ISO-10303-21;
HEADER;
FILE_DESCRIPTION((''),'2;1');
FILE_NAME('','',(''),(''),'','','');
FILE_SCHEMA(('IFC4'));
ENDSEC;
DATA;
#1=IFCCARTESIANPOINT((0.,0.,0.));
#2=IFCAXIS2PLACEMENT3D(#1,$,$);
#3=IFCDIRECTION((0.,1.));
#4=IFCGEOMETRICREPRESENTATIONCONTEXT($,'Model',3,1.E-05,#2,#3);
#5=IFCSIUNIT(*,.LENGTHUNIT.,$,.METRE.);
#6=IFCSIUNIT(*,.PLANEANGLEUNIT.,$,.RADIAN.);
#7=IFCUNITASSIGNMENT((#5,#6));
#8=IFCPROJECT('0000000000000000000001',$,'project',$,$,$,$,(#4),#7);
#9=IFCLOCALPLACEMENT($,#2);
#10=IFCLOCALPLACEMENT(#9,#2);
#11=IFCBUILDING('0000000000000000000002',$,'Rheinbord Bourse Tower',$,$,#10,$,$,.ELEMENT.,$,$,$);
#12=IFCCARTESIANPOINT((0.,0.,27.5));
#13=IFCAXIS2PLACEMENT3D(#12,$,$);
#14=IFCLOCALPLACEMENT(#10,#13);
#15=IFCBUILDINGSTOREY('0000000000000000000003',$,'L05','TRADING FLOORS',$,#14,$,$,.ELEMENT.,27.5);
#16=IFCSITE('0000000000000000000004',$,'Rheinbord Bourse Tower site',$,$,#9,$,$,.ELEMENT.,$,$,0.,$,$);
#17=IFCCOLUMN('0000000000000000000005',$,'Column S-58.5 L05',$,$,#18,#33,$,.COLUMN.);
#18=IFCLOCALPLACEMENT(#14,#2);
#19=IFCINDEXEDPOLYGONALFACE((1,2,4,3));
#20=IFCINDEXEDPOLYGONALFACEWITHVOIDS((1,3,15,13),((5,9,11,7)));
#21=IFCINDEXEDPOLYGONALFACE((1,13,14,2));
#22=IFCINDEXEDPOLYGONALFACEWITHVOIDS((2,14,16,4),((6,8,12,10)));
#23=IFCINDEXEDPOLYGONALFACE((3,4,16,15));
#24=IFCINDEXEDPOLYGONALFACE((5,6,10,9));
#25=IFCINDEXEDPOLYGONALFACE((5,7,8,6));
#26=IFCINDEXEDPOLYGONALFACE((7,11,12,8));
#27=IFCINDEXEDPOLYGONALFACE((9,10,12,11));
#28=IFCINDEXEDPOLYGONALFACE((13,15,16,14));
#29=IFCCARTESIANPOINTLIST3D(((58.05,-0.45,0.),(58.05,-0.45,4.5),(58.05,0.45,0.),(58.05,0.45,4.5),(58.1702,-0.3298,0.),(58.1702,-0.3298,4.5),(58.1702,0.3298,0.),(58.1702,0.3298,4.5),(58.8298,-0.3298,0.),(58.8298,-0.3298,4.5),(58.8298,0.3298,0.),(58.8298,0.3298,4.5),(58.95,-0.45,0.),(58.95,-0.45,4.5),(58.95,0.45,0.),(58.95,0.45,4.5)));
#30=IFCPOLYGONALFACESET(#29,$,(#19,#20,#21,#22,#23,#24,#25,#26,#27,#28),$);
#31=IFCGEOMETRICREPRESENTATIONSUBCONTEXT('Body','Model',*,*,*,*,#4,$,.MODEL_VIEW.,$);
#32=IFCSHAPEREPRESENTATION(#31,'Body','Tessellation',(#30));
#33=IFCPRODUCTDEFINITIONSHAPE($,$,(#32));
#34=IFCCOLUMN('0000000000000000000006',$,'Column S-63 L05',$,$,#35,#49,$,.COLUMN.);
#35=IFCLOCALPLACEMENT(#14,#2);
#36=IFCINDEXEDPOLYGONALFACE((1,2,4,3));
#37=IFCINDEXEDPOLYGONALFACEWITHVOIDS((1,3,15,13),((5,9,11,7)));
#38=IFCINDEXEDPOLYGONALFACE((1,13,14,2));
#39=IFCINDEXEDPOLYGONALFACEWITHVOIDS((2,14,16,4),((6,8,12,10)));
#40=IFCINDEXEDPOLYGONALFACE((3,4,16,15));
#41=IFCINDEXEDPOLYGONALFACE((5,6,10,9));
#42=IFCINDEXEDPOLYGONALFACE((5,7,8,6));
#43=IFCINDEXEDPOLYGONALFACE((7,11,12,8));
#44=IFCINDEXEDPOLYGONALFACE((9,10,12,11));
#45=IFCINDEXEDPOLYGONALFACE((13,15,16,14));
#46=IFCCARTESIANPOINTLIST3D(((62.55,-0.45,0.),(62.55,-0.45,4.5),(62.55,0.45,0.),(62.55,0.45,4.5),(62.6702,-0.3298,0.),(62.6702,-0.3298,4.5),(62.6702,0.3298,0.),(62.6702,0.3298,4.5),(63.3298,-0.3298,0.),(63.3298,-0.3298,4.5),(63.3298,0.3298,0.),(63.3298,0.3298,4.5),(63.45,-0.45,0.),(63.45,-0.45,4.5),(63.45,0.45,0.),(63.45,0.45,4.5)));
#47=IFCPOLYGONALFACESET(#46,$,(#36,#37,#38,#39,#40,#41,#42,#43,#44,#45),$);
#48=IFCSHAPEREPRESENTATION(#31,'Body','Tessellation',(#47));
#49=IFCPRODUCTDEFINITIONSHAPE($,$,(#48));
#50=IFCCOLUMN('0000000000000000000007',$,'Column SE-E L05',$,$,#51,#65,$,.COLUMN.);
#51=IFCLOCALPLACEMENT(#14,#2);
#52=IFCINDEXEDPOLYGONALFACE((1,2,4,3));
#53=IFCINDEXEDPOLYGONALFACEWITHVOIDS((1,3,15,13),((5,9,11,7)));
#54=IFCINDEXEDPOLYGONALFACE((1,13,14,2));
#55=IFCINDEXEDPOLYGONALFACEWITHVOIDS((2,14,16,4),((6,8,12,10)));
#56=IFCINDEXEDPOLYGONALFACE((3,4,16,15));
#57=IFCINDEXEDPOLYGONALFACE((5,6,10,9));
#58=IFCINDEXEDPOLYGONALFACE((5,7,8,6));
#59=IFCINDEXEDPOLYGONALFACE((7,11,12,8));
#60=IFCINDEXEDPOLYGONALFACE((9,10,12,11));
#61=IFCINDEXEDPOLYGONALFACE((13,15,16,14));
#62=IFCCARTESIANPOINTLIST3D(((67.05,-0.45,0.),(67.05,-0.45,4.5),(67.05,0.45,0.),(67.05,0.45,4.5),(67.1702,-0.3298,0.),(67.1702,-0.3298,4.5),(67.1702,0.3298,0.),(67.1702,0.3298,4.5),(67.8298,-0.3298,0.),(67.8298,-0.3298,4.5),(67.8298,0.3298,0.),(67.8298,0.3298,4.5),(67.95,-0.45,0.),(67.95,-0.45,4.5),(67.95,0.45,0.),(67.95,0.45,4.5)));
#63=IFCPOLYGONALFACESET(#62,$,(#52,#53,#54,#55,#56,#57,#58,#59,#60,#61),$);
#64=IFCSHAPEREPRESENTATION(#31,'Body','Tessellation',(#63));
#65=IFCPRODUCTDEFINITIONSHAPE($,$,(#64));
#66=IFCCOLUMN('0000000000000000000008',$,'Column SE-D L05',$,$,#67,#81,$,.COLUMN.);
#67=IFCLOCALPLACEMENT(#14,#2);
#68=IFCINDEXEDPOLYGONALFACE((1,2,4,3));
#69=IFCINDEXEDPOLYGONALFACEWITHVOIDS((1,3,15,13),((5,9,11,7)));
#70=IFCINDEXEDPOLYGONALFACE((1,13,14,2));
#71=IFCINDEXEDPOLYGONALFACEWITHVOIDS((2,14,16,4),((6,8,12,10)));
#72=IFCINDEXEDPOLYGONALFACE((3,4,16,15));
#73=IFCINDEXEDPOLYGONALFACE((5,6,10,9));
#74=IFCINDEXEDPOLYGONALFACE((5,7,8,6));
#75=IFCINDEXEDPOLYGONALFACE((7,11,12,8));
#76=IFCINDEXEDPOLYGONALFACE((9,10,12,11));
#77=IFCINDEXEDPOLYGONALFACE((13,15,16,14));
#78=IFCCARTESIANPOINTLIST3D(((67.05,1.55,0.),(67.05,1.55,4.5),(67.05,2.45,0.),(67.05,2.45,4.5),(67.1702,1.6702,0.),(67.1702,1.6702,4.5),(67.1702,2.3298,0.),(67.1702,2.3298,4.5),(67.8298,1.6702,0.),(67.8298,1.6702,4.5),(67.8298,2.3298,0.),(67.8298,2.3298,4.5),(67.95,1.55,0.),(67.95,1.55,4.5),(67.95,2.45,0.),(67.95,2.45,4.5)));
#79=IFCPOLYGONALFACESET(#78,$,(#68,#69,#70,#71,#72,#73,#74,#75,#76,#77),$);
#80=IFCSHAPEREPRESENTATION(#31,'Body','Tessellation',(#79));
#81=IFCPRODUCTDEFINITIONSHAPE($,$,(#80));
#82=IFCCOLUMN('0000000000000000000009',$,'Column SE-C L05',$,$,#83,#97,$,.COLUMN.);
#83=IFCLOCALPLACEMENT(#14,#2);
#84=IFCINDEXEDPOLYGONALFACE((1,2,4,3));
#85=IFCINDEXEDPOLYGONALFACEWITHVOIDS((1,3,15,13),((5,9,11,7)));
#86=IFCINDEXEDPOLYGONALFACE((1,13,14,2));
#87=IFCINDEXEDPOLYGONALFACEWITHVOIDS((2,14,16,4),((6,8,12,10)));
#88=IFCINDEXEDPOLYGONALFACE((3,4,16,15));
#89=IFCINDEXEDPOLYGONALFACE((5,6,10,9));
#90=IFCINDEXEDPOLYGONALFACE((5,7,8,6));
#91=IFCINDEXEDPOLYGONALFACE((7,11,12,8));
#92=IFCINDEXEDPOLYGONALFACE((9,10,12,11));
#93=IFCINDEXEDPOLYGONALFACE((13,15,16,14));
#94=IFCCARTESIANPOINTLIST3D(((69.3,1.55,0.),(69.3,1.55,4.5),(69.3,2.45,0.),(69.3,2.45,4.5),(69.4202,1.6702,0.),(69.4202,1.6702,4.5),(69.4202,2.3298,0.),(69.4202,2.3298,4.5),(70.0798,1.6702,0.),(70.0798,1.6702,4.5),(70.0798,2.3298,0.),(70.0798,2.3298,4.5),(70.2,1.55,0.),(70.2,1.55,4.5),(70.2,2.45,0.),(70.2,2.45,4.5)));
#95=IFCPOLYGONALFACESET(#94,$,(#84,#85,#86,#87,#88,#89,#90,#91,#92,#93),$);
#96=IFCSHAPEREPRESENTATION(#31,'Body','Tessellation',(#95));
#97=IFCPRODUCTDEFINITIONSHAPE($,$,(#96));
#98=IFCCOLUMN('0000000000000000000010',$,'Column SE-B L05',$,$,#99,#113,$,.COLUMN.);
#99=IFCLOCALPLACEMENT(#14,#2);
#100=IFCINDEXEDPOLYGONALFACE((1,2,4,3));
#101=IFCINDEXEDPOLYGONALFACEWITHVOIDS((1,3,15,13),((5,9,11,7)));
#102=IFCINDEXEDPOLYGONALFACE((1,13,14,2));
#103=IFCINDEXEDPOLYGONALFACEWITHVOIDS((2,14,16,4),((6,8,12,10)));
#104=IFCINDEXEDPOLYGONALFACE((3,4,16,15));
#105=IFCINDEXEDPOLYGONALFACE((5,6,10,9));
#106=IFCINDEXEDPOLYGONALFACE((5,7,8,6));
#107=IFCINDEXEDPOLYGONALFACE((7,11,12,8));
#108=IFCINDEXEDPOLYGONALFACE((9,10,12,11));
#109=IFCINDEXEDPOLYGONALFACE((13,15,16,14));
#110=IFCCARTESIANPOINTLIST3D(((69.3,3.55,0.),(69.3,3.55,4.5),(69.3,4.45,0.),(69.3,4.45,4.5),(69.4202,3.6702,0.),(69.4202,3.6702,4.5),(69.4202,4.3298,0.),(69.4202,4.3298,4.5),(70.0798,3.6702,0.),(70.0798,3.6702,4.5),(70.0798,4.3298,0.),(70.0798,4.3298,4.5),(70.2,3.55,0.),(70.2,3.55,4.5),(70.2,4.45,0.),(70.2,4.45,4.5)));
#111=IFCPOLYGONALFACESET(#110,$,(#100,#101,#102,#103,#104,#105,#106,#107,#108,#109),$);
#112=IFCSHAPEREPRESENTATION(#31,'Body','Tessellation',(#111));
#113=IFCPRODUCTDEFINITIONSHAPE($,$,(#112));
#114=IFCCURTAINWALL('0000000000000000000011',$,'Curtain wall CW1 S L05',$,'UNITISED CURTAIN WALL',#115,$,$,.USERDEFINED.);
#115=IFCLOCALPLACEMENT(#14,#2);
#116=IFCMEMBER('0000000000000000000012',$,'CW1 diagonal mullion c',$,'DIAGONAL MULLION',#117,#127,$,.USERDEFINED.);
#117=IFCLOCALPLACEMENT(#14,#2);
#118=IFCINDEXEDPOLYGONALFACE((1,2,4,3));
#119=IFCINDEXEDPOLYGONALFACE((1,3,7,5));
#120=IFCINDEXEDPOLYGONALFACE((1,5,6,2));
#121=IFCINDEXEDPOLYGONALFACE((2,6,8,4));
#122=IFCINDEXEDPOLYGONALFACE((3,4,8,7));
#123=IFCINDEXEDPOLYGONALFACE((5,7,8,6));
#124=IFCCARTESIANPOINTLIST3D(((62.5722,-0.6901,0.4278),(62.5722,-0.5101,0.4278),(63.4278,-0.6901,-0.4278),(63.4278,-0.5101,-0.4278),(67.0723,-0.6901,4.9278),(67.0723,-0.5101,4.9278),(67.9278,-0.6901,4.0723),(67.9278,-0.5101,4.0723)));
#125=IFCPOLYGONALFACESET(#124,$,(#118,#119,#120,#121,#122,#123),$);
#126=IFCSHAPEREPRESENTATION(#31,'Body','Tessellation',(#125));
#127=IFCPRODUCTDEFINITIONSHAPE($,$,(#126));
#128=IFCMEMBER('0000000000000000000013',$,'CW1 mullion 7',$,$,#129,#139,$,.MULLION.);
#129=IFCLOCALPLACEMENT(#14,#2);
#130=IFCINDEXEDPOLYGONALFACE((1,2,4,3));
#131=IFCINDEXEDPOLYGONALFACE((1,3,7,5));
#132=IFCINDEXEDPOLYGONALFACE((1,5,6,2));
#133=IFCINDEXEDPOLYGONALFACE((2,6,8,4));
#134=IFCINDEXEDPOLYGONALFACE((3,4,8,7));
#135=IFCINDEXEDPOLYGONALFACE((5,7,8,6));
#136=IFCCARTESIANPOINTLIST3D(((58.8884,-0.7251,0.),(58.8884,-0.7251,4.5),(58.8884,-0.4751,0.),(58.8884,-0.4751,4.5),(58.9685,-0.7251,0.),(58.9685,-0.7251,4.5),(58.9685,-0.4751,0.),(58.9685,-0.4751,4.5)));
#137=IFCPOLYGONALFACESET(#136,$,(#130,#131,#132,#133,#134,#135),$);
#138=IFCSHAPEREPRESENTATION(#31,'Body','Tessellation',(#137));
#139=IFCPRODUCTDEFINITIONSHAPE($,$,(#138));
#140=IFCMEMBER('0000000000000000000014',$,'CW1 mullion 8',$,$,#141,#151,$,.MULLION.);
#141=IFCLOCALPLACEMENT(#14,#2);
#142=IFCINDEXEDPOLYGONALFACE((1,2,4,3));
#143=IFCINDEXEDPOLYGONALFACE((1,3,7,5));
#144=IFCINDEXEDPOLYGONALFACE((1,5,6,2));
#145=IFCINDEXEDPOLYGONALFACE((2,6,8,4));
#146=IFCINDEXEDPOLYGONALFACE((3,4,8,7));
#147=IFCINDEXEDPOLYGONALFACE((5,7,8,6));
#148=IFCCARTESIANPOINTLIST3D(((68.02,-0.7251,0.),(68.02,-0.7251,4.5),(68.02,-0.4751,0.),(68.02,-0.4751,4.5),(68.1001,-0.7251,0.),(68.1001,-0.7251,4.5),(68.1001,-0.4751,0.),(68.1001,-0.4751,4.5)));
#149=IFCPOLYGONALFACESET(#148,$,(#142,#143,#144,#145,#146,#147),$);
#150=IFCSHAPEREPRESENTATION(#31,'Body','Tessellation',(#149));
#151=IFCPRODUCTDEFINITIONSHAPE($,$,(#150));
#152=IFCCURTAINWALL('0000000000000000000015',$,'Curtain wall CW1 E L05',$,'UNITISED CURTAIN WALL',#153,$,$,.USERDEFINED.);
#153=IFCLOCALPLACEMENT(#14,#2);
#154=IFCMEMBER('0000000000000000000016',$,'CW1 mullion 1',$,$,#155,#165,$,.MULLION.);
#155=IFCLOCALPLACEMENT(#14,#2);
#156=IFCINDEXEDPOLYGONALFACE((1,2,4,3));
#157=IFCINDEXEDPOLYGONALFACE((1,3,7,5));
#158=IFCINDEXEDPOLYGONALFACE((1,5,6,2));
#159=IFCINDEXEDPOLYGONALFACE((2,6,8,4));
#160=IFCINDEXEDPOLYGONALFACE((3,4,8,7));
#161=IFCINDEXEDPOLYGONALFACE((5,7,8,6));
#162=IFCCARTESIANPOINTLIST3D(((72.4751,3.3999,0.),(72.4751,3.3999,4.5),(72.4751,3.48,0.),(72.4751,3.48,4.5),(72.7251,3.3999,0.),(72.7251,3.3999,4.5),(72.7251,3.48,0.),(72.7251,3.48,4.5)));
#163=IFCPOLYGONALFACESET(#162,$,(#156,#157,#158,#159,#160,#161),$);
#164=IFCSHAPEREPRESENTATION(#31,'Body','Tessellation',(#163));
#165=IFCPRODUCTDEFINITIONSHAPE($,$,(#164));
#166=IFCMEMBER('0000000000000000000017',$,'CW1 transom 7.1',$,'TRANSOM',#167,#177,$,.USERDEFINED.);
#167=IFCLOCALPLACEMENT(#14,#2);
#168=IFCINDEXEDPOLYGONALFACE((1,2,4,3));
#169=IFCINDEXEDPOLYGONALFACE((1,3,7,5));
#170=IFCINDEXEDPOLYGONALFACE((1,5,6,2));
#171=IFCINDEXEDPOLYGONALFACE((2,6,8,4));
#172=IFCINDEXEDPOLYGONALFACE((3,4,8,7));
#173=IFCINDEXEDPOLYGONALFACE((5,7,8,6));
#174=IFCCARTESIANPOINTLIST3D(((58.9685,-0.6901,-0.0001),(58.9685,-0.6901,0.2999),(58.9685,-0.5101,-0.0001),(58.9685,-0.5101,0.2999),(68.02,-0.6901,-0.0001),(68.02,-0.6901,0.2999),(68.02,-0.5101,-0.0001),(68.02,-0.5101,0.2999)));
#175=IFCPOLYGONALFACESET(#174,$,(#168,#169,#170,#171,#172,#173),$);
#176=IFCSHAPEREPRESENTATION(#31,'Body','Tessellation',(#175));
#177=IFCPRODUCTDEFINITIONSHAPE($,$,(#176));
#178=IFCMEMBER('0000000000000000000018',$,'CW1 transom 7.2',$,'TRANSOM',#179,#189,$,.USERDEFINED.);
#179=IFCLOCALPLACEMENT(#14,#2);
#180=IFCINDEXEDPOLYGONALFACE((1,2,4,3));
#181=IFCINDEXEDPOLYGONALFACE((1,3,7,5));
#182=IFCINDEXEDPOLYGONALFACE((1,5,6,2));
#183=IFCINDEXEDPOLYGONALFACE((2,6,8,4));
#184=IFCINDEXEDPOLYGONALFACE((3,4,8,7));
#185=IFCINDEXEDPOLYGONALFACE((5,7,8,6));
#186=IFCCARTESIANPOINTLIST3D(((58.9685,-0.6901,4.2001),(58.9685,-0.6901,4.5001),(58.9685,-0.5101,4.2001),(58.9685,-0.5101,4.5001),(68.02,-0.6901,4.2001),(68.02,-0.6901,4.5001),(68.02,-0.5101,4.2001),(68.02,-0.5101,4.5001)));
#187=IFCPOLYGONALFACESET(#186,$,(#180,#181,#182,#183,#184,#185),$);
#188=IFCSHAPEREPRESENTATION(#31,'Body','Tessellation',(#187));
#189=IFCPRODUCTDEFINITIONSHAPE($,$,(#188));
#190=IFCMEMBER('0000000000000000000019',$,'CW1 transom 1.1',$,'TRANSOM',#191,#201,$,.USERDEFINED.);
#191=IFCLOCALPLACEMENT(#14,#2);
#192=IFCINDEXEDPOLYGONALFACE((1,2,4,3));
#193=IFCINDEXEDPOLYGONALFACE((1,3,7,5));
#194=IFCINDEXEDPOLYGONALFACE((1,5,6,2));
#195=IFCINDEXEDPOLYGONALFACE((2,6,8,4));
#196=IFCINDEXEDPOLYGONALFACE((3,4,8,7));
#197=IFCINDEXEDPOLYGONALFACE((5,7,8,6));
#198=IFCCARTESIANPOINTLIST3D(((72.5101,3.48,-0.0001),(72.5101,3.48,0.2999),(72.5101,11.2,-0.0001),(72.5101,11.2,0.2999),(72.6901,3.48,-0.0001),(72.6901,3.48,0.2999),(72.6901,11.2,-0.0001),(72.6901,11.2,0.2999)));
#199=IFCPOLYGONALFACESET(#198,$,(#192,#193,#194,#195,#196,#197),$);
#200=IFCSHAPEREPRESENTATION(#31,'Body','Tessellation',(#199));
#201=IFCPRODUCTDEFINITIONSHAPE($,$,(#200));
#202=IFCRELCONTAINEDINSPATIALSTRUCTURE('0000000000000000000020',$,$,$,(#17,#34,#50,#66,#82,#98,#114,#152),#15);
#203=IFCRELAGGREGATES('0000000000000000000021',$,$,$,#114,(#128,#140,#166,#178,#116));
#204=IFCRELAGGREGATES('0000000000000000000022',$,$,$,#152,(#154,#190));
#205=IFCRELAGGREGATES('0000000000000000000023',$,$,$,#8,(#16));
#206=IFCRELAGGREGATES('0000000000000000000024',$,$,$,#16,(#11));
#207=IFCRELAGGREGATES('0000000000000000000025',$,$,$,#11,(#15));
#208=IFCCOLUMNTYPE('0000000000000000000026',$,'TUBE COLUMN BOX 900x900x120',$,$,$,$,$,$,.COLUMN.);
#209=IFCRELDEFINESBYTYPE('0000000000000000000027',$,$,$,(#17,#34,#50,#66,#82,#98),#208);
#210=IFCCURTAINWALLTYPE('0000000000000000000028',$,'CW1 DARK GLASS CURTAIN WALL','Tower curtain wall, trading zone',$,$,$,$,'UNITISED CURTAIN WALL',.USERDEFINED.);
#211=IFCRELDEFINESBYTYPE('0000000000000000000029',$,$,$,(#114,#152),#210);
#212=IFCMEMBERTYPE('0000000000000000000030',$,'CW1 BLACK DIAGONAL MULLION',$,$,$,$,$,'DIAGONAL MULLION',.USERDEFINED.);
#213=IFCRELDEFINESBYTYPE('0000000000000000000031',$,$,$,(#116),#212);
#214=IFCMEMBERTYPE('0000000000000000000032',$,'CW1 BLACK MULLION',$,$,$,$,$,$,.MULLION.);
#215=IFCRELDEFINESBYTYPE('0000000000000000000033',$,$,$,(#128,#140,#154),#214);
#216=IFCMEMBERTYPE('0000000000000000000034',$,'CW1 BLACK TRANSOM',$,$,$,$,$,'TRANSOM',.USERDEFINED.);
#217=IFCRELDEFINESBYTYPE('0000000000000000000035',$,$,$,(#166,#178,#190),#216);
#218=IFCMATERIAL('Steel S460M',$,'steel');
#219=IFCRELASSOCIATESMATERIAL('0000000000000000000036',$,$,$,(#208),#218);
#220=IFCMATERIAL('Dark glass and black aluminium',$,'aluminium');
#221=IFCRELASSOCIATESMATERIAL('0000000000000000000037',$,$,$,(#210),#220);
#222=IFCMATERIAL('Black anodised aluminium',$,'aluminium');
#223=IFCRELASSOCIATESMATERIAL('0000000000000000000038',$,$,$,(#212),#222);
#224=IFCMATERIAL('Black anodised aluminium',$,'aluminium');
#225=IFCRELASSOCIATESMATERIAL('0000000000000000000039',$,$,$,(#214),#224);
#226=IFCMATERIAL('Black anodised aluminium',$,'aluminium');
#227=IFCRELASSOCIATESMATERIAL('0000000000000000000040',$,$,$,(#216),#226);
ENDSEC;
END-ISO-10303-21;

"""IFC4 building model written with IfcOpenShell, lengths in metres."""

from ifc_helpers import new_model, si_unit, direction, frame, origin, origin_2d, place, context, subcontext, project, spatial, rectangle, hollow_rectangle, extrude, material, material_profile, profile_set, type_object, element, aggregate, save


model = new_model("IFC4")

# Units and contexts
model_context = context("Model", 3, precision=1e-05, world=origin(), true_north=direction((0.0, 1.0)))
body_context = subcontext(model_context, "Body", "Model", "MODEL_VIEW")
ifc_project = project(units=[si_unit("LENGTHUNIT", "METRE"), si_unit("PLANEANGLEUNIT", "RADIAN")], contexts=[model_context])

# Site, building, storey
site_placement = place(None, origin())
site = spatial("IfcSite", under=ifc_project, at=site_placement, Name="Rheinbord Bourse Tower site", CompositionType="ELEMENT", RefElevation=0.0)
building_placement = place(site_placement, origin())
building = spatial("IfcBuilding", under=site, at=building_placement, Name="Rheinbord Bourse Tower", CompositionType="ELEMENT")
storey_placement = place(building_placement, frame((0.0, 0.0, 27.5)))
storey = spatial("IfcBuildingStorey", under=building, at=storey_placement, Name="L05", Description="TRADING FLOORS", CompositionType="ELEMENT", Elevation=27.5)

# Columns
ifc_material_1 = material(Name="Steel S460M", Category="steel")
ifc_material_profile_1 = material_profile(ifc_material_1, hollow_rectangle(XDim=0.8999, YDim=0.8999, WallThickness=0.1201, at=origin_2d()), Name="BOX 900x900x120")
ifc_profile_set_1 = profile_set([ifc_material_profile_1], Name="Steel S460M")
column_type = type_object("IfcColumnType", Name="TUBE COLUMN BOX 900x900x120", PredefinedType="COLUMN", material=ifc_profile_set_1)
for number, where, z_axis, x_axis, name in (
    (1, (58.5, 0.0, 0.0), (0.0, 0.0, 1.0), (0.0, 1.0, 0.0), "Column S-58.5 L05"),
    (2, (63.0, 0.0, 0.0), (0.0, 0.0, 1.0), (0.0, 1.0, 0.0), "Column S-63 L05"),
    (3, (67.5, 0.0, 0.0), (0.0, 0.0, 1.0), (0.0, 1.0, 0.0), "Column SE-E L05"),
    (4, (67.5, 2.0, 0.0), (0.0, 0.0, 1.0), (0.0, 1.0, 0.0), "Column SE-D L05"),
    (5, (69.75, 2.0, 0.0), (0.0, 0.0, 1.0), (1.0, 0.0, 0.0), "Column SE-C L05"),
    (6, (69.75, 4.0, 0.0), (0.0, 0.0, 1.0), (1.0, 0.0, 0.0), "Column SE-B L05"),
):
    element("IfcColumn", number, at=place(storey_placement, frame(where, z_axis=z_axis, x_axis=x_axis)), inside=storey, type_object=column_type, Name=name, PredefinedType="COLUMN", context=body_context, shape_type="SweptSolid", body=[
        extrude(hollow_rectangle(XDim=0.8999, YDim=0.8999, WallThickness=0.1201, at=origin_2d()), origin(), (0.0, 0.0, 1.0), 4.5),
    ])

# Curtain wall, members
ifc_material_2 = material(Name="Dark glass and black aluminium", Category="aluminium")
curtain_wall_type = type_object("IfcCurtainWallType", Name="CW1 DARK GLASS CURTAIN WALL", Description="Tower curtain wall, trading zone", ElementType="UNITISED CURTAIN WALL", PredefinedType="USERDEFINED", material=ifc_material_2)
curtain_wall_1_placement = place(storey_placement, origin())
curtain_wall_1 = element("IfcCurtainWall", 7, at=curtain_wall_1_placement, inside=storey, type_object=curtain_wall_type, Name="Curtain wall CW1 S L05", ObjectType="UNITISED CURTAIN WALL", PredefinedType="USERDEFINED")
ifc_material_3 = material(Name="Black anodised aluminium", Category="aluminium")
ifc_material_profile_2 = material_profile(ifc_material_3, rectangle(XDim=0.1799, YDim=1.21, at=origin_2d()), Name="CW1 DIAGONAL MULLION 1210x180")
ifc_profile_set_2 = profile_set([ifc_material_profile_2], Name="Black anodised aluminium")
member_type_1 = type_object("IfcMemberType", Name="CW1 BLACK DIAGONAL MULLION", ElementType="DIAGONAL MULLION", PredefinedType="USERDEFINED", material=ifc_profile_set_2)
member_1_placement = place(storey_placement, frame((63.0, -0.6001, 0.0), z_axis=(0.707107, 0.0, 0.707107), x_axis=(0.0, 1.0, 0.0)))
member_1 = element("IfcMember", 8, at=member_1_placement, type_object=member_type_1, Name="CW1 diagonal mullion c", ObjectType="DIAGONAL MULLION", PredefinedType="USERDEFINED", context=body_context, shape_type="SweptSolid", body=[
    extrude(rectangle(XDim=0.1799, YDim=1.21, at=origin_2d()), origin(), (0.0, 0.0, 1.0), 6.364),
])
ifc_material_4 = material(Name="Black anodised aluminium", Category="aluminium")
ifc_material_profile_3 = material_profile(ifc_material_4, rectangle(XDim=0.25, YDim=0.0801, at=origin_2d()), Name="CW1 MULLION 80x250")
ifc_profile_set_3 = profile_set([ifc_material_profile_3], Name="Black anodised aluminium")
member_type_2 = type_object("IfcMemberType", Name="CW1 BLACK MULLION", PredefinedType="MULLION", material=ifc_profile_set_3)
member_2_placement = place(storey_placement, frame((58.9285, -0.6001, 0.0), z_axis=(0.0, 0.0, 1.0), x_axis=(0.0, 1.0, 0.0)))
member_2 = element("IfcMember", 9, at=member_2_placement, type_object=member_type_2, Name="CW1 mullion 7", PredefinedType="MULLION", context=body_context, shape_type="SweptSolid", body=[
    extrude(rectangle(XDim=0.25, YDim=0.0801, at=origin_2d()), origin(), (0.0, 0.0, 1.0), 4.5),
])
member_3_placement = place(storey_placement, frame((68.0601, -0.6001, 0.0), z_axis=(0.0, 0.0, 1.0), x_axis=(0.0, 1.0, 0.0)))
member_3 = element("IfcMember", 10, at=member_3_placement, type_object=member_type_2, Name="CW1 mullion 8", PredefinedType="MULLION", context=body_context, shape_type="SweptSolid", body=[
    extrude(rectangle(XDim=0.25, YDim=0.0801, at=origin_2d()), origin(), (0.0, 0.0, 1.0), 4.5),
])

# Curtain wall, member
curtain_wall_2_placement = place(storey_placement, origin())
curtain_wall_2 = element("IfcCurtainWall", 11, at=curtain_wall_2_placement, inside=storey, type_object=curtain_wall_type, Name="Curtain wall CW1 E L05", ObjectType="UNITISED CURTAIN WALL", PredefinedType="USERDEFINED")
member_4_placement = place(storey_placement, frame((72.6001, 3.4399, 0.0), z_axis=(0.0, 0.0, 1.0), x_axis=(-1.0, 0.0, 0.0)))
member_4 = element("IfcMember", 12, at=member_4_placement, type_object=member_type_2, Name="CW1 mullion 1", PredefinedType="MULLION", context=body_context, shape_type="SweptSolid", body=[
    extrude(rectangle(XDim=0.25, YDim=0.0801, at=origin_2d()), origin(), (0.0, 0.0, 1.0), 4.5),
])

# Members
ifc_material_5 = material(Name="Black anodised aluminium", Category="aluminium")
ifc_material_profile_4 = material_profile(ifc_material_5, rectangle(XDim=0.1799, YDim=0.3, at=origin_2d()), Name="CW1 TRANSOM 300x180")
ifc_profile_set_4 = profile_set([ifc_material_profile_4], Name="Black anodised aluminium")
member_type_3 = type_object("IfcMemberType", Name="CW1 BLACK TRANSOM", ElementType="TRANSOM", PredefinedType="USERDEFINED", material=ifc_profile_set_4)
member_5_placement = place(storey_placement, frame((58.9685, -0.6001, 0.1499), z_axis=(1.0, 0.0, 0.0), x_axis=(0.0, 1.0, 0.0)))
member_5 = element("IfcMember", 13, at=member_5_placement, type_object=member_type_3, Name="CW1 transom 7.1", ObjectType="TRANSOM", PredefinedType="USERDEFINED", context=body_context, shape_type="SweptSolid", body=[
    extrude(rectangle(XDim=0.1799, YDim=0.3, at=origin_2d()), origin(), (0.0, 0.0, 1.0), 9.0515),
])
member_6_placement = place(storey_placement, frame((58.9685, -0.6001, 4.3501), z_axis=(1.0, 0.0, 0.0), x_axis=(0.0, 1.0, 0.0)))
member_6 = element("IfcMember", 14, at=member_6_placement, type_object=member_type_3, Name="CW1 transom 7.2", ObjectType="TRANSOM", PredefinedType="USERDEFINED", context=body_context, shape_type="SweptSolid", body=[
    extrude(rectangle(XDim=0.1799, YDim=0.3, at=origin_2d()), origin(), (0.0, 0.0, 1.0), 9.0515),
])
member_7_placement = place(storey_placement, frame((72.6001, 3.48, 0.1499), z_axis=(0.0, 1.0, 0.0), x_axis=(-1.0, 0.0, 0.0)))
member_7 = element("IfcMember", 15, at=member_7_placement, type_object=member_type_3, Name="CW1 transom 1.1", ObjectType="TRANSOM", PredefinedType="USERDEFINED", context=body_context, shape_type="SweptSolid", body=[
    extrude(rectangle(XDim=0.1799, YDim=0.3, at=origin_2d()), origin(), (0.0, 0.0, 1.0), 7.72),
])

aggregate(curtain_wall_1, [member_2, member_3, member_5, member_6, member_1])
aggregate(curtain_wall_2, [member_4, member_7])

save(model, "model.ifc")
